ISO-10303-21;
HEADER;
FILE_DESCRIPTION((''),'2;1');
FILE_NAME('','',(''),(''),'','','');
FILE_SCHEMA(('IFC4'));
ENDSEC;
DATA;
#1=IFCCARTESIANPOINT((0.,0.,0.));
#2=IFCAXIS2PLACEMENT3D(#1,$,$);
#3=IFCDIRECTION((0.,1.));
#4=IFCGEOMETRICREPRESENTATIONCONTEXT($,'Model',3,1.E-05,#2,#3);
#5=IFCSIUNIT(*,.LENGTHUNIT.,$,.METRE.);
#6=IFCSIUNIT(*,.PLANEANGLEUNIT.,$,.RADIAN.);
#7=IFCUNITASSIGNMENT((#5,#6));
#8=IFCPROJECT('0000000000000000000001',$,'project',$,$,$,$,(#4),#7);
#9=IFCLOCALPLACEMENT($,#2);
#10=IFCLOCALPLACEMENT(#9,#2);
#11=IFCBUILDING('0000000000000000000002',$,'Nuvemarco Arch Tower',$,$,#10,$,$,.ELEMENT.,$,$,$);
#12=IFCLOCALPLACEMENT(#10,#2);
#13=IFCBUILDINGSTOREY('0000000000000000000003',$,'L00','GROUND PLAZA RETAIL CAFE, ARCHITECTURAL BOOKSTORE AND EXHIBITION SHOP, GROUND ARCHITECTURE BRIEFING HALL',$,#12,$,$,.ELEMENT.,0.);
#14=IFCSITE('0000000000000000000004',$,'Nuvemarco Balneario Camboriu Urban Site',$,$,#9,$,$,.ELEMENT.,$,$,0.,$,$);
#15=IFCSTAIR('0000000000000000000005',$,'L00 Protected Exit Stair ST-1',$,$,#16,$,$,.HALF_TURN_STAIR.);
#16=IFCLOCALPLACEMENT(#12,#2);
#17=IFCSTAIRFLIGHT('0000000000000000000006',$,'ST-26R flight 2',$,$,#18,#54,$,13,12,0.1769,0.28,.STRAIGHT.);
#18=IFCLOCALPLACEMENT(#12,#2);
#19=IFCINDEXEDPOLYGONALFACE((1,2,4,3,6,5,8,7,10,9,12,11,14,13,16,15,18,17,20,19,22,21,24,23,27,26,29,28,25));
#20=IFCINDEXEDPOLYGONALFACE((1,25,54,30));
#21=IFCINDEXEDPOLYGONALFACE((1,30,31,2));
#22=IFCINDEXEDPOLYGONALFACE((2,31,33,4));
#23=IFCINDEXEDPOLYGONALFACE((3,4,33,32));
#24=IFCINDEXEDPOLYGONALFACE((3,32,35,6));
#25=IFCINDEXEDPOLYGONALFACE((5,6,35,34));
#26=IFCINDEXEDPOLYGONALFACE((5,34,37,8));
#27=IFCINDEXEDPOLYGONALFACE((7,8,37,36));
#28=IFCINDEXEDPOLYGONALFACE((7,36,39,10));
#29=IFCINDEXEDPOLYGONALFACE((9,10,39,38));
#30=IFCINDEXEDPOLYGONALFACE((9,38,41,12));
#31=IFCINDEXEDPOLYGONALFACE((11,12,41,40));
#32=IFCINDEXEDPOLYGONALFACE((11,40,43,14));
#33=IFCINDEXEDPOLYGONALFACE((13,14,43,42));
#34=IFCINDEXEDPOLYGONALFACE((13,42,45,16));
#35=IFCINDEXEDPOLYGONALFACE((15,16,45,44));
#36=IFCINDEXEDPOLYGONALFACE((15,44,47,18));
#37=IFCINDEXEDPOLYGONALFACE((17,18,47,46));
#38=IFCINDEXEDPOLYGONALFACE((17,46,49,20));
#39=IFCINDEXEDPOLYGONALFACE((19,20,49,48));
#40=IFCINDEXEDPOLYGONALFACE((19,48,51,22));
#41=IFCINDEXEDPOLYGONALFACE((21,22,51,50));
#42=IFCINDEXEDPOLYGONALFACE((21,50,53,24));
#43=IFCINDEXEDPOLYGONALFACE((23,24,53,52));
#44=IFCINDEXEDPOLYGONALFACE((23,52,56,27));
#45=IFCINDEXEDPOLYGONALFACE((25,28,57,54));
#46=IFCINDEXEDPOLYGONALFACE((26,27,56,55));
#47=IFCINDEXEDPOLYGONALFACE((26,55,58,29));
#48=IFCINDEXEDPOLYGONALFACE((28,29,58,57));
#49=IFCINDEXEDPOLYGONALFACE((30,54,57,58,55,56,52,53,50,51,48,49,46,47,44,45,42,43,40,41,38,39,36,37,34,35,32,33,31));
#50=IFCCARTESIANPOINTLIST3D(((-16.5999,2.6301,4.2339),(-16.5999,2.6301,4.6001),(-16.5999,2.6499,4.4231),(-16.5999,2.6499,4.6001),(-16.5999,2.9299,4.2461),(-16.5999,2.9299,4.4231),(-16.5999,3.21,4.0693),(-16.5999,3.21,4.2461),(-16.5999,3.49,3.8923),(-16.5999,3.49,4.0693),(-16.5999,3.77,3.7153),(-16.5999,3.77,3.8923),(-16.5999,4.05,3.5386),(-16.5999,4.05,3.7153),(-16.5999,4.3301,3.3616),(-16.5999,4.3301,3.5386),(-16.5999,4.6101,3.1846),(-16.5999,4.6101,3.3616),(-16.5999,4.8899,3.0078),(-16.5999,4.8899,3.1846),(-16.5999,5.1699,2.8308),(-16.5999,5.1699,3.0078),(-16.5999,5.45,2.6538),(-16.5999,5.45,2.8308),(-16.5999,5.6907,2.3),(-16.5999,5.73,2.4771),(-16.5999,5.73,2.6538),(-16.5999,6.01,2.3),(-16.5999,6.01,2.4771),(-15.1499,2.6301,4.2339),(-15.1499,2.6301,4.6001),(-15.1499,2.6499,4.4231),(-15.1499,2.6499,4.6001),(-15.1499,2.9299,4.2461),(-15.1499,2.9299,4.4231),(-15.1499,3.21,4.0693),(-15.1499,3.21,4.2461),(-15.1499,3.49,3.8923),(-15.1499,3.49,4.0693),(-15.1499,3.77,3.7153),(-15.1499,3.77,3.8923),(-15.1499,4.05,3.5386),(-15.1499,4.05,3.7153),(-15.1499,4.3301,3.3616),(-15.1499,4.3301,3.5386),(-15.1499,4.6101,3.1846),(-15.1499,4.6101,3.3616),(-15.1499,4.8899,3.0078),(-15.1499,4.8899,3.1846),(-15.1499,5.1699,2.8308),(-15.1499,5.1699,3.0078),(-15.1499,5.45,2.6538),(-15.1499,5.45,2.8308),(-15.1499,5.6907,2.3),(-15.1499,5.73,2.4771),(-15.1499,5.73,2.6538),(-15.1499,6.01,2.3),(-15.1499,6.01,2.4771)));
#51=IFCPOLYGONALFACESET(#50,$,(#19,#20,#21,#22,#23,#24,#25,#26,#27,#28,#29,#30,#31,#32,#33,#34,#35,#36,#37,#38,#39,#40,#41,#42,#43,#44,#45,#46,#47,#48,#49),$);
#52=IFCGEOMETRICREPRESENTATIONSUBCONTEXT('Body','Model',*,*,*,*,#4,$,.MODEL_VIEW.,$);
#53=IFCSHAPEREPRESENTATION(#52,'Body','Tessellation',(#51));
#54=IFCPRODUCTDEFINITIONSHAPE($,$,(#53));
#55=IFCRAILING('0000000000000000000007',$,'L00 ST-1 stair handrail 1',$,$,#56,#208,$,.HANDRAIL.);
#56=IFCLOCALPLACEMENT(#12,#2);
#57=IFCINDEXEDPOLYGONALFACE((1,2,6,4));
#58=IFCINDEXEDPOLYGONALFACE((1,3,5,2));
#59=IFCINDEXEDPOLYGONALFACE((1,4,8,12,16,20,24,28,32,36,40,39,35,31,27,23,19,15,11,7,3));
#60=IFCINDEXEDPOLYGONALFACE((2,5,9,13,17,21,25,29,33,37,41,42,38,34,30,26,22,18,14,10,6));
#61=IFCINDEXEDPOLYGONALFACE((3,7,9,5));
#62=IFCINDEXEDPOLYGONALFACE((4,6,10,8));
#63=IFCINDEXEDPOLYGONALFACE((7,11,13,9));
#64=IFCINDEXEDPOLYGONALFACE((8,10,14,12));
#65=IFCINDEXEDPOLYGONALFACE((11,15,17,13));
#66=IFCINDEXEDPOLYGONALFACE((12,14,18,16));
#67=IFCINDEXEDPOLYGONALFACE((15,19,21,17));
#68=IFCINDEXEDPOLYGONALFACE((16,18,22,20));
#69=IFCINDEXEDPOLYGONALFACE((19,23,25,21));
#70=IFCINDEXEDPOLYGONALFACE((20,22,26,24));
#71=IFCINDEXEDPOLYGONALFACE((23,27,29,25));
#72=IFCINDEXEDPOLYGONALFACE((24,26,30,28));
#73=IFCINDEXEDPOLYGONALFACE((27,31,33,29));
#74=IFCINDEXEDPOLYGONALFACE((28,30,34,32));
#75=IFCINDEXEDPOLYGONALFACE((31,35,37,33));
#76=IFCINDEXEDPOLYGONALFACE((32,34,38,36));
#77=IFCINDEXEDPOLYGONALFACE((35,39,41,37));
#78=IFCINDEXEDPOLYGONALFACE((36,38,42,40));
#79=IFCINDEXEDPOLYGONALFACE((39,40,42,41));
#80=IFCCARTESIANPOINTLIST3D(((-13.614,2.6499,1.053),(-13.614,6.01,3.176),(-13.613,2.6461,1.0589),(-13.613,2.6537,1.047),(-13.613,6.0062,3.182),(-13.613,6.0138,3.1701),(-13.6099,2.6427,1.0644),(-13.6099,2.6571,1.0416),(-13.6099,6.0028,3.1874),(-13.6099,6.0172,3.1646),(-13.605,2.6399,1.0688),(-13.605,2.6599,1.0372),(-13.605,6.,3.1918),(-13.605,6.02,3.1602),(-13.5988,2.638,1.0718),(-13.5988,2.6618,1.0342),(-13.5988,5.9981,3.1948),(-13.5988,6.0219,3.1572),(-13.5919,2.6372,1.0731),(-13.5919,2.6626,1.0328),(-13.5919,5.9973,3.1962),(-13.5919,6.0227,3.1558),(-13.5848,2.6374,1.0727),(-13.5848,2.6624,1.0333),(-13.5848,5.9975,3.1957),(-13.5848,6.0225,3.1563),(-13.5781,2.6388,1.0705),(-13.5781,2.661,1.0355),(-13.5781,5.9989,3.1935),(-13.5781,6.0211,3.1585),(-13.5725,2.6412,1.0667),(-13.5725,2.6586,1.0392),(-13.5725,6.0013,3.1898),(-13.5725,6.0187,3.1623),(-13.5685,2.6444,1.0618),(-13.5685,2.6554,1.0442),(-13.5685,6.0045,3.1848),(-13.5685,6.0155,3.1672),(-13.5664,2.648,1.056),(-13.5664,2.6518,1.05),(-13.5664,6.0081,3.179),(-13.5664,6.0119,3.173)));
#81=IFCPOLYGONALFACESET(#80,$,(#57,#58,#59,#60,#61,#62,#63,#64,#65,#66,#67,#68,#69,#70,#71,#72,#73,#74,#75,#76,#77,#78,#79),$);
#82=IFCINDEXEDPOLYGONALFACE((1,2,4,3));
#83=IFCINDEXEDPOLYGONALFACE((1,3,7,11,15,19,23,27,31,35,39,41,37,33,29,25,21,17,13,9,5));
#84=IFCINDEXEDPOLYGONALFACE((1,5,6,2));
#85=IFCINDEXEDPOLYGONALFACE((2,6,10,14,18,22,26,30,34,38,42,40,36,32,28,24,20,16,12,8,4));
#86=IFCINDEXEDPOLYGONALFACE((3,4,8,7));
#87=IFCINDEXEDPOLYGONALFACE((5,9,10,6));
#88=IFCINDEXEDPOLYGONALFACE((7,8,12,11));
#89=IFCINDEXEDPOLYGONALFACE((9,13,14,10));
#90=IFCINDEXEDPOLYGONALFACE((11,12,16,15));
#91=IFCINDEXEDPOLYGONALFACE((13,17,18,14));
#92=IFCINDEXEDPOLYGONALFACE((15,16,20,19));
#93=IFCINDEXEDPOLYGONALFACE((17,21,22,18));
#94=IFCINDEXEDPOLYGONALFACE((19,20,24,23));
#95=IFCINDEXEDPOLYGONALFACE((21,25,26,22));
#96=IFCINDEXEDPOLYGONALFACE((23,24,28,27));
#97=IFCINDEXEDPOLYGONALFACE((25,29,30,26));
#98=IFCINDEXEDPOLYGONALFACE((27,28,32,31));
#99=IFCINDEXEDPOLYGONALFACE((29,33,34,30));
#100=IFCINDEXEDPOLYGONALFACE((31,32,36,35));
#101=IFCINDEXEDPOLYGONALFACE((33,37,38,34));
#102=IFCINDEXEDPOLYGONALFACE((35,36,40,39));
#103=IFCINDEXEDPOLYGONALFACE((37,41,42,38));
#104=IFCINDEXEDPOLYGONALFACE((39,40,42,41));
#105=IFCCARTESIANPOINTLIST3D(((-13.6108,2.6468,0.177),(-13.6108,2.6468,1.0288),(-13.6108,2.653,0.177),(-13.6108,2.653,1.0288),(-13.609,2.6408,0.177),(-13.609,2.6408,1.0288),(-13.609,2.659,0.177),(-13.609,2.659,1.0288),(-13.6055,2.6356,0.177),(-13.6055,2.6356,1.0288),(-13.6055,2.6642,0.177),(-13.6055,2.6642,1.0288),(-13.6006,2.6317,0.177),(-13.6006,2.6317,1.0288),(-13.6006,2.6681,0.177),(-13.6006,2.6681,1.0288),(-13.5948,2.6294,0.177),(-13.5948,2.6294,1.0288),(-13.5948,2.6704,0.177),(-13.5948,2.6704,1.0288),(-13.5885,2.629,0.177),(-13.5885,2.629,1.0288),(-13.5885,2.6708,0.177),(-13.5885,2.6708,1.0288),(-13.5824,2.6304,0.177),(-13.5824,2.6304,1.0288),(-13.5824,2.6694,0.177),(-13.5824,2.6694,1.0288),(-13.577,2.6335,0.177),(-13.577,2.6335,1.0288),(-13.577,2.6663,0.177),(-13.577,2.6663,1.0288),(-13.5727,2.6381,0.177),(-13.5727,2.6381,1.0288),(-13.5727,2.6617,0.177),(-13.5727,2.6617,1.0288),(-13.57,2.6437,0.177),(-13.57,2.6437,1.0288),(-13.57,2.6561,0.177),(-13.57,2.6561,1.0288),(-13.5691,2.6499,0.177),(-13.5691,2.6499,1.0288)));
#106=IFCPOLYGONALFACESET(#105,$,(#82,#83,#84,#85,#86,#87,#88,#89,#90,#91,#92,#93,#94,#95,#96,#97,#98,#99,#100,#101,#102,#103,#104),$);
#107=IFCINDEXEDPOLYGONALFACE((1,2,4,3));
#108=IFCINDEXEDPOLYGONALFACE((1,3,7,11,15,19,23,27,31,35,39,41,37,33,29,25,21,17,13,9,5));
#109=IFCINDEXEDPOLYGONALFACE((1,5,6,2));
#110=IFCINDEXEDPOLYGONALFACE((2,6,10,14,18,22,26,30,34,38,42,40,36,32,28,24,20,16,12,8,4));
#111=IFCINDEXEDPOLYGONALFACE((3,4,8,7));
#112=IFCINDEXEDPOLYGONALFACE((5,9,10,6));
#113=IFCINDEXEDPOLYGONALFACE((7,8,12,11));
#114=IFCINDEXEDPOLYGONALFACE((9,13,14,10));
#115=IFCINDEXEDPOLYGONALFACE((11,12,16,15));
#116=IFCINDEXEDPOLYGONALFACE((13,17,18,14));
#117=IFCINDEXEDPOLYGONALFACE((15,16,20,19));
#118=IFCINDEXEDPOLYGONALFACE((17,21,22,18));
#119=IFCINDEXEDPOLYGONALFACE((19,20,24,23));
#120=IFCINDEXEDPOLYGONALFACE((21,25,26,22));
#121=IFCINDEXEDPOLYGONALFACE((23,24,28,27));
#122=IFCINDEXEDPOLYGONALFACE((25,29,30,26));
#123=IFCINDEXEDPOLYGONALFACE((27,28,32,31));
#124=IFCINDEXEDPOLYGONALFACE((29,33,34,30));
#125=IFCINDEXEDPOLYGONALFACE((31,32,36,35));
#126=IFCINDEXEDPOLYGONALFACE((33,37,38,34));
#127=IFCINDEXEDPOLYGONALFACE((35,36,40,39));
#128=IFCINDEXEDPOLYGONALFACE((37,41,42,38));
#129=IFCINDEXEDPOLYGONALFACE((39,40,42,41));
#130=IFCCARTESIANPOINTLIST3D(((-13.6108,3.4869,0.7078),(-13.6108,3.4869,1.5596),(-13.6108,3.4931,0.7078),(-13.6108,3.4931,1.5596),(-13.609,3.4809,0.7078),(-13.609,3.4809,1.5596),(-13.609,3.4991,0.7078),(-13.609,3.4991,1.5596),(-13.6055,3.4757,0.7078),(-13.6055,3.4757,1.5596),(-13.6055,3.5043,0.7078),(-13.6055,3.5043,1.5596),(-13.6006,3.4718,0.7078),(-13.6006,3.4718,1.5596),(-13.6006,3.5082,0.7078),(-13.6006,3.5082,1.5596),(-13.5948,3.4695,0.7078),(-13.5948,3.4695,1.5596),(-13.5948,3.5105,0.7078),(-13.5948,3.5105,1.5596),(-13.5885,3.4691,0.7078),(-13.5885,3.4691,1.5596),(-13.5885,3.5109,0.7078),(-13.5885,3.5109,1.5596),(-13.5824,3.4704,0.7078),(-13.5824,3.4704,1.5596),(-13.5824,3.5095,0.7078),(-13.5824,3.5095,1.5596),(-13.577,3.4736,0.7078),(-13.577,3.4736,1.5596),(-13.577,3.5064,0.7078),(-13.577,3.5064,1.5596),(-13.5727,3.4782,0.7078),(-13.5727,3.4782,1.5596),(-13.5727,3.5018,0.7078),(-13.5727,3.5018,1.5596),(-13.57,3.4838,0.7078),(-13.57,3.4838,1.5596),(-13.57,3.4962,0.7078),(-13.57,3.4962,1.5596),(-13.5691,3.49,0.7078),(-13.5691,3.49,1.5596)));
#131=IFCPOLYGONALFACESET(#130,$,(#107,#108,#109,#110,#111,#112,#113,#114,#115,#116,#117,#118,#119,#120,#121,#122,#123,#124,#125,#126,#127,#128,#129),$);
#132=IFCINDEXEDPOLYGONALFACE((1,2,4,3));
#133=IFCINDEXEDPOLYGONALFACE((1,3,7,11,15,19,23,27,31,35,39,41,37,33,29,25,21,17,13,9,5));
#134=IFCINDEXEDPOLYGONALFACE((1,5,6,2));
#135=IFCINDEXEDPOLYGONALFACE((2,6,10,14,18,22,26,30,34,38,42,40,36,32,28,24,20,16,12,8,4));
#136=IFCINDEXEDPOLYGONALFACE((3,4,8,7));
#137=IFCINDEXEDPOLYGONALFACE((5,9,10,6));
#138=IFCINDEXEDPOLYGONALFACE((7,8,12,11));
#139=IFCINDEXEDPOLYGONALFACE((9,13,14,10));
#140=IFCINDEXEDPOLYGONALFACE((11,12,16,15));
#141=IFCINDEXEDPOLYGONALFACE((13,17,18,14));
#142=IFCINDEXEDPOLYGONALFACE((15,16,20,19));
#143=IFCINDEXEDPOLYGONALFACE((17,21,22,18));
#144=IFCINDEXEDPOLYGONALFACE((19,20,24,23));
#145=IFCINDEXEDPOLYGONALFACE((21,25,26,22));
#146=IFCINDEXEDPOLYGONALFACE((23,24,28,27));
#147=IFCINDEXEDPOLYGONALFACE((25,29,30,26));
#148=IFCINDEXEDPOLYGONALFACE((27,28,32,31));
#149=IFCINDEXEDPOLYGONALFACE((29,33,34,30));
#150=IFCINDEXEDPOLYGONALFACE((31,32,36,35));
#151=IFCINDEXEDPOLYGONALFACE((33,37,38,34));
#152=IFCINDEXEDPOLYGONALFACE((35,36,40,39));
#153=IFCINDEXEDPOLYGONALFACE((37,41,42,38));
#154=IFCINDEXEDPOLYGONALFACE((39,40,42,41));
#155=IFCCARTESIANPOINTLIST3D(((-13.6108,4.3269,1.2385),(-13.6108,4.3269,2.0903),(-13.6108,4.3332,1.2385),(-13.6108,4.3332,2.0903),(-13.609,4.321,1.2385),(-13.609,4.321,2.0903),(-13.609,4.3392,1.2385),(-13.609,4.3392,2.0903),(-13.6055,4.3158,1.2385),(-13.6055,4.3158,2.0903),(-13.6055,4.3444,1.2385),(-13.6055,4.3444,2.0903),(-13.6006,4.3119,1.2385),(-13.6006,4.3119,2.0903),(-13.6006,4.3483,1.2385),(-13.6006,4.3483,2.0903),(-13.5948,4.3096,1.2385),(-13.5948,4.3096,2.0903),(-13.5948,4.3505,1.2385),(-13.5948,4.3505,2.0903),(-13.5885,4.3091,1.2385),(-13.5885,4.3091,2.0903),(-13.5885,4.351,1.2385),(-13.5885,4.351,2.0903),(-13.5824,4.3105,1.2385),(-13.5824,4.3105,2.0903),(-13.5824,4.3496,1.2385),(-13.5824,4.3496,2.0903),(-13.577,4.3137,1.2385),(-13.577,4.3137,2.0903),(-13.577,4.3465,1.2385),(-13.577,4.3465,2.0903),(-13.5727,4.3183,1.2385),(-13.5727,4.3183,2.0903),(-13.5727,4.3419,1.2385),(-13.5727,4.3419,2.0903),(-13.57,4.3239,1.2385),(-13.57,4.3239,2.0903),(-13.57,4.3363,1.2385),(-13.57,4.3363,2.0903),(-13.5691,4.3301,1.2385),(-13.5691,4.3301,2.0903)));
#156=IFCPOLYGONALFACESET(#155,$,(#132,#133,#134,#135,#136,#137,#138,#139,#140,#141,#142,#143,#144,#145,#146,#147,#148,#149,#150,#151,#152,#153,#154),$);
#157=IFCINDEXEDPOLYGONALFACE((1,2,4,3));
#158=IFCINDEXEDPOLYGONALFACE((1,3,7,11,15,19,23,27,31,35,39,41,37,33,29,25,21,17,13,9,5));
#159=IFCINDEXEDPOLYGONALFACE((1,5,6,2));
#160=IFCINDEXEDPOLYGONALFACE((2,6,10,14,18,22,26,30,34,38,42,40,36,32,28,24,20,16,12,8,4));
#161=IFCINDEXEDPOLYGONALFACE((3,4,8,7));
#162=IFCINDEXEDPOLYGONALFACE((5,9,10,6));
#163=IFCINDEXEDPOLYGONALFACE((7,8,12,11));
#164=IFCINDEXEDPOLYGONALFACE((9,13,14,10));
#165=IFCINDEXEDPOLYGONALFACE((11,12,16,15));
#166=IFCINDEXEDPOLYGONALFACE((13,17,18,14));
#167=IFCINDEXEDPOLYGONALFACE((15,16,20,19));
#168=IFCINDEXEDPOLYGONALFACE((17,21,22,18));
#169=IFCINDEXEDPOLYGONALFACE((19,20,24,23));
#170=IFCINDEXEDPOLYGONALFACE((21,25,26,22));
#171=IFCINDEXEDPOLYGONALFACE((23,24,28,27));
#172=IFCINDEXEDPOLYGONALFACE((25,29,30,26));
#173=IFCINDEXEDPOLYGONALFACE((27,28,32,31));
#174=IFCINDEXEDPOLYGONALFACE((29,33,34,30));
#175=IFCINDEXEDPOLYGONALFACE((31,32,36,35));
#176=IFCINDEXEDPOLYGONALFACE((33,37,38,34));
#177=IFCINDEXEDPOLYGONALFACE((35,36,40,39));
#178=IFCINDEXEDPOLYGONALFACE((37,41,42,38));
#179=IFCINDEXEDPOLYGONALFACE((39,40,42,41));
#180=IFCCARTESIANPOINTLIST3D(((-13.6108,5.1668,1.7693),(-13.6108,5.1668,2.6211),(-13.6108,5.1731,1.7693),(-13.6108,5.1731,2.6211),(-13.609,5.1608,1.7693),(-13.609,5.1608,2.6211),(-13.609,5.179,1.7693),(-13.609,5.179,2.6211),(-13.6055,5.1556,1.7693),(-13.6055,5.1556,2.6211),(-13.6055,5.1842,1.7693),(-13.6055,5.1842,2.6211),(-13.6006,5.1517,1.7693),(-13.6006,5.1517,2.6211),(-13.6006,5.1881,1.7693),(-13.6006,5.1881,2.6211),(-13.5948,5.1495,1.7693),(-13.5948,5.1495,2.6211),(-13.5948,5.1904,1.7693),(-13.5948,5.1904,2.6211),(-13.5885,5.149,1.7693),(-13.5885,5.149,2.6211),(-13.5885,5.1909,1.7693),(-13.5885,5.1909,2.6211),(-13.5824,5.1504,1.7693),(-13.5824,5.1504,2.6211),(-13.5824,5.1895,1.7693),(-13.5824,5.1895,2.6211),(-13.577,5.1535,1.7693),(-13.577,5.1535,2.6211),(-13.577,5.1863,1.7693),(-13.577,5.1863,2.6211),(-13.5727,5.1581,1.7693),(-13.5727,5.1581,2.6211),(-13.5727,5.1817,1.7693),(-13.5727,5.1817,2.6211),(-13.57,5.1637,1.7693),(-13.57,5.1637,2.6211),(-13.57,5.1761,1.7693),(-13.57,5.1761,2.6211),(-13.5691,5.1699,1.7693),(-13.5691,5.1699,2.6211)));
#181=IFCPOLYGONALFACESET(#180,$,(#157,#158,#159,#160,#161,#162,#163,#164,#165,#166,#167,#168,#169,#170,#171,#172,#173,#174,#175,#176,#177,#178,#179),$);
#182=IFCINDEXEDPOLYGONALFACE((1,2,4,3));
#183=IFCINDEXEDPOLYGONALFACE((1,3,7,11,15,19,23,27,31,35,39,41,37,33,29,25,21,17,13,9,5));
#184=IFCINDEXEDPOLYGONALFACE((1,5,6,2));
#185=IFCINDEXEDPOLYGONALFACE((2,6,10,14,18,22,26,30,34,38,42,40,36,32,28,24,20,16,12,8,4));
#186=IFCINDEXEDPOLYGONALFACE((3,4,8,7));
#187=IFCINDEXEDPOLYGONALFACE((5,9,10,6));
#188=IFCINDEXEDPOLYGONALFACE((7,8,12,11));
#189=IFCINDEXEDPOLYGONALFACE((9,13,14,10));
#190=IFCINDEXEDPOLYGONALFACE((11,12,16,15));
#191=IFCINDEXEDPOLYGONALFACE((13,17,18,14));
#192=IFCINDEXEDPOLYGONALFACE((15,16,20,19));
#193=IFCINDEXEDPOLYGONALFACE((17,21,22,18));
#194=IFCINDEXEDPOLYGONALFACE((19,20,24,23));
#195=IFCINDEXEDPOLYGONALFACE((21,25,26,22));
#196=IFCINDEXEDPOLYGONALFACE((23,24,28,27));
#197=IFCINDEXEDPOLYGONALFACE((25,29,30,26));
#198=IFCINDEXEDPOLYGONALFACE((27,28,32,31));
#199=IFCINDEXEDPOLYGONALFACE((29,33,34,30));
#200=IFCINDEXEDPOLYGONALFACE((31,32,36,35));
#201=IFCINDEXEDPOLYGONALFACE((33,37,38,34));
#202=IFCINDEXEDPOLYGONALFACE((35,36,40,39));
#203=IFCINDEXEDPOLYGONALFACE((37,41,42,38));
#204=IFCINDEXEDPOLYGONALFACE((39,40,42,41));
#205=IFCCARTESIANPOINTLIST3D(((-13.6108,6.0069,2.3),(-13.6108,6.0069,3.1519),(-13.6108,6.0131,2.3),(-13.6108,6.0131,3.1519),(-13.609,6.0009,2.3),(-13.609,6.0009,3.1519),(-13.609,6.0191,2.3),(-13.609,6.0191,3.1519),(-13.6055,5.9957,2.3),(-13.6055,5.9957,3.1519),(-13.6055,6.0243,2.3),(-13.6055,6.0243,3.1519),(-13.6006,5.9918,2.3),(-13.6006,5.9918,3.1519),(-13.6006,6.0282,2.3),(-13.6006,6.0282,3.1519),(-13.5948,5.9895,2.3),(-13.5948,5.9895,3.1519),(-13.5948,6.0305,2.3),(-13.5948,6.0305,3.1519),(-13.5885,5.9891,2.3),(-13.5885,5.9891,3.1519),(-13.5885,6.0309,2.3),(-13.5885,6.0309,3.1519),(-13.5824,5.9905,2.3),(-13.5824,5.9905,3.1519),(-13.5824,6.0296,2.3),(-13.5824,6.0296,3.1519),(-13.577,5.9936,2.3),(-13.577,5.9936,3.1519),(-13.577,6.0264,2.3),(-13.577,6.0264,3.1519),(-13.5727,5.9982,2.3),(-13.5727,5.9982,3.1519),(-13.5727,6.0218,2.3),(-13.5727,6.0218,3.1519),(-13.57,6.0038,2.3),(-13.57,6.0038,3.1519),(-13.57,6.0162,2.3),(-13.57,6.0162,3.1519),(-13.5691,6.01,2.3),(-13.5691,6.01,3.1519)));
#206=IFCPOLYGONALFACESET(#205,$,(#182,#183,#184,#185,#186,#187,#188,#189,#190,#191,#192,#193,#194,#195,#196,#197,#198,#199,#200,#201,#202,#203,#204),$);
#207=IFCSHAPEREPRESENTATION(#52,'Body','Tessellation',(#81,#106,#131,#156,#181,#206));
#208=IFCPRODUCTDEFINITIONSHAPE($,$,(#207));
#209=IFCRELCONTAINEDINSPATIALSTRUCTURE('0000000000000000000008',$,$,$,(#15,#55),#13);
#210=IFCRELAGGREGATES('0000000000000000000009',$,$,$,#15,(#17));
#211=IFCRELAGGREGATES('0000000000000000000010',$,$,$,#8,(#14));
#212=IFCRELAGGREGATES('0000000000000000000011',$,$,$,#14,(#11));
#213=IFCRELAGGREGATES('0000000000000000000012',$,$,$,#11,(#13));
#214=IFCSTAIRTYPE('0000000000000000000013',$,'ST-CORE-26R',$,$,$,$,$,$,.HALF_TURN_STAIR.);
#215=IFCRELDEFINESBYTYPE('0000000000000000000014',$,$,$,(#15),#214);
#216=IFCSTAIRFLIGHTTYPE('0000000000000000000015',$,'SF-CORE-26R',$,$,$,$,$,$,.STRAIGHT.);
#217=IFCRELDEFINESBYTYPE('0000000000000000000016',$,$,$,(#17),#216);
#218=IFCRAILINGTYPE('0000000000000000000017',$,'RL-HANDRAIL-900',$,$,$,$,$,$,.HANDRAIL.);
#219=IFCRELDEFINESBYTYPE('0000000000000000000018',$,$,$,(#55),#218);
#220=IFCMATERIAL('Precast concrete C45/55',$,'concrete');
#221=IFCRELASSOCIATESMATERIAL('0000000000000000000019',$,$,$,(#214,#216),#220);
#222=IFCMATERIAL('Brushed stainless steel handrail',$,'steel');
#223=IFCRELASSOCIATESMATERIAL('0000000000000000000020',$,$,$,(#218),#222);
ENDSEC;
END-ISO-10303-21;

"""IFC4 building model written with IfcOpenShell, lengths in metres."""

from ifc_helpers import new_model, si_unit, direction, frame, origin, origin_2d, place, context, subcontext, project, spatial, polyline, circle, outline, extrude, material, type_object, element, aggregate, save


model = new_model("IFC4")

# Units and contexts
model_context = context("Model", 3, precision=1e-05, world=origin(), true_north=direction((0.0, 1.0)))
body_context = subcontext(model_context, "Body", "Model", "MODEL_VIEW")
ifc_project = project(units=[si_unit("LENGTHUNIT", "METRE"), si_unit("PLANEANGLEUNIT", "RADIAN")], contexts=[model_context])

# Site, building, storey
site_placement = place(None, origin())
site = spatial("IfcSite", under=ifc_project, at=site_placement, Name="Nuvemarco Balneario Camboriu Urban Site", CompositionType="ELEMENT", RefElevation=0.0)
building_placement = place(site_placement, origin())
building = spatial("IfcBuilding", under=site, at=building_placement, Name="Nuvemarco Arch Tower", CompositionType="ELEMENT")
storey_placement = place(building_placement, origin())
storey = spatial("IfcBuildingStorey", under=building, at=storey_placement, Name="L00", Description="GROUND PLAZA RETAIL CAFE, ARCHITECTURAL BOOKSTORE AND EXHIBITION SHOP, GROUND ARCHITECTURE BRIEFING HALL", CompositionType="ELEMENT", Elevation=0.0)

# Stair, stair flight
ifc_material_1 = material(Name="Precast concrete C45/55", Category="concrete")
stair_type = type_object("IfcStairType", Name="ST-CORE-26R", PredefinedType="HALF_TURN_STAIR", material=ifc_material_1)
stair_placement = place(storey_placement, origin())
stair = element("IfcStair", 1, at=stair_placement, inside=storey, type_object=stair_type, Name="L00 Protected Exit Stair ST-1", PredefinedType="HALF_TURN_STAIR")
stair_flight_type = type_object("IfcStairFlightType", Name="SF-CORE-26R", PredefinedType="STRAIGHT", material=ifc_material_1)
stair_flight_1_placement = place(storey_placement, frame((-15.875, 6.01, 2.3), z_axis=(0.0, 0.0, 1.0), x_axis=(0.0, -1.0, 0.0)))
stair_flight_1 = element("IfcStairFlight", 2, at=stair_flight_1_placement, type_object=stair_flight_type, Name="ST-26R flight 2", NumberOfRisers=13, NumberOfTreads=12, PredefinedType="STRAIGHT", RiserHeight=0.1769, TreadLength=0.28, context=body_context, shape_type="SweptSolid", body=[
    extrude(outline(polyline([(0.0, 0.0), (0.0, 0.177), (0.28, 0.177), (0.28, 0.3538), (0.5601, 0.3538), (0.5601, 0.5308), (0.8401, 0.5308), (0.8401, 0.7078), (1.1201, 0.7078), (1.1201, 0.8845), (1.3999, 0.8845), (1.3999, 1.0615), (1.6799, 1.0615), (1.6799, 1.2385), (1.96, 1.2385), (1.96, 1.4153), (2.24, 1.4153), (2.24, 1.5923), (2.52, 1.5923), (2.52, 1.7693), (2.8, 1.7693), (2.8, 1.946), (3.0801, 1.946), (3.0801, 2.123), (3.3601, 2.123), (3.3601, 2.3), (3.3799, 2.3), (3.3799, 1.9338), (0.3193, 0.0), (0.0, 0.0)])), frame((0.0, 0.7251, 0.0), z_axis=(0.0, -1.0, 0.0), x_axis=(1.0, 0.0, 0.0)), (0.0, 0.0, 1.0), 1.45),
])
aggregate(stair, [stair_flight_1])

# Railing
ifc_material_2 = material(Name="Brushed stainless steel handrail", Category="steel")
railing_type_1 = type_object("IfcRailingType", Name="RL-HANDRAIL-900", PredefinedType="HANDRAIL", material=ifc_material_2)
railing_1_placement = place(storey_placement, frame((-13.5901, 2.6499, 0.177)))
element("IfcRailing", 3, at=railing_1_placement, inside=storey, type_object=railing_type_1, Name="L00 ST-1 stair handrail 1", PredefinedType="HANDRAIL", context=body_context, shape_type="SweptSolid", body=[
    extrude(circle(Radius=0.0239, at=origin_2d()), frame((0.0, 0.0, 0.876), z_axis=(0.0, 0.84539, 0.53415), x_axis=(-1.0, 0.0, 0.0)), (0.0, 0.0, 1.0), 3.9746),
    extrude(circle(Radius=0.021, at=origin_2d()), origin(), (0.0, 0.0, 1.0), 0.8518),
    extrude(circle(Radius=0.021, at=origin_2d()), frame((0.0, 0.8401, 0.5308)), (0.0, 0.0, 1.0), 0.8518),
    extrude(circle(Radius=0.021, at=origin_2d()), frame((0.0, 1.6802, 1.0615)), (0.0, 0.0, 1.0), 0.8518),
    extrude(circle(Radius=0.021, at=origin_2d()), frame((0.0, 2.52, 1.5923)), (0.0, 0.0, 1.0), 0.8518),
    extrude(circle(Radius=0.021, at=origin_2d()), frame((0.0, 3.3601, 2.123)), (0.0, 0.0, 1.0), 0.8518),
])

save(model, "model.ifc")
